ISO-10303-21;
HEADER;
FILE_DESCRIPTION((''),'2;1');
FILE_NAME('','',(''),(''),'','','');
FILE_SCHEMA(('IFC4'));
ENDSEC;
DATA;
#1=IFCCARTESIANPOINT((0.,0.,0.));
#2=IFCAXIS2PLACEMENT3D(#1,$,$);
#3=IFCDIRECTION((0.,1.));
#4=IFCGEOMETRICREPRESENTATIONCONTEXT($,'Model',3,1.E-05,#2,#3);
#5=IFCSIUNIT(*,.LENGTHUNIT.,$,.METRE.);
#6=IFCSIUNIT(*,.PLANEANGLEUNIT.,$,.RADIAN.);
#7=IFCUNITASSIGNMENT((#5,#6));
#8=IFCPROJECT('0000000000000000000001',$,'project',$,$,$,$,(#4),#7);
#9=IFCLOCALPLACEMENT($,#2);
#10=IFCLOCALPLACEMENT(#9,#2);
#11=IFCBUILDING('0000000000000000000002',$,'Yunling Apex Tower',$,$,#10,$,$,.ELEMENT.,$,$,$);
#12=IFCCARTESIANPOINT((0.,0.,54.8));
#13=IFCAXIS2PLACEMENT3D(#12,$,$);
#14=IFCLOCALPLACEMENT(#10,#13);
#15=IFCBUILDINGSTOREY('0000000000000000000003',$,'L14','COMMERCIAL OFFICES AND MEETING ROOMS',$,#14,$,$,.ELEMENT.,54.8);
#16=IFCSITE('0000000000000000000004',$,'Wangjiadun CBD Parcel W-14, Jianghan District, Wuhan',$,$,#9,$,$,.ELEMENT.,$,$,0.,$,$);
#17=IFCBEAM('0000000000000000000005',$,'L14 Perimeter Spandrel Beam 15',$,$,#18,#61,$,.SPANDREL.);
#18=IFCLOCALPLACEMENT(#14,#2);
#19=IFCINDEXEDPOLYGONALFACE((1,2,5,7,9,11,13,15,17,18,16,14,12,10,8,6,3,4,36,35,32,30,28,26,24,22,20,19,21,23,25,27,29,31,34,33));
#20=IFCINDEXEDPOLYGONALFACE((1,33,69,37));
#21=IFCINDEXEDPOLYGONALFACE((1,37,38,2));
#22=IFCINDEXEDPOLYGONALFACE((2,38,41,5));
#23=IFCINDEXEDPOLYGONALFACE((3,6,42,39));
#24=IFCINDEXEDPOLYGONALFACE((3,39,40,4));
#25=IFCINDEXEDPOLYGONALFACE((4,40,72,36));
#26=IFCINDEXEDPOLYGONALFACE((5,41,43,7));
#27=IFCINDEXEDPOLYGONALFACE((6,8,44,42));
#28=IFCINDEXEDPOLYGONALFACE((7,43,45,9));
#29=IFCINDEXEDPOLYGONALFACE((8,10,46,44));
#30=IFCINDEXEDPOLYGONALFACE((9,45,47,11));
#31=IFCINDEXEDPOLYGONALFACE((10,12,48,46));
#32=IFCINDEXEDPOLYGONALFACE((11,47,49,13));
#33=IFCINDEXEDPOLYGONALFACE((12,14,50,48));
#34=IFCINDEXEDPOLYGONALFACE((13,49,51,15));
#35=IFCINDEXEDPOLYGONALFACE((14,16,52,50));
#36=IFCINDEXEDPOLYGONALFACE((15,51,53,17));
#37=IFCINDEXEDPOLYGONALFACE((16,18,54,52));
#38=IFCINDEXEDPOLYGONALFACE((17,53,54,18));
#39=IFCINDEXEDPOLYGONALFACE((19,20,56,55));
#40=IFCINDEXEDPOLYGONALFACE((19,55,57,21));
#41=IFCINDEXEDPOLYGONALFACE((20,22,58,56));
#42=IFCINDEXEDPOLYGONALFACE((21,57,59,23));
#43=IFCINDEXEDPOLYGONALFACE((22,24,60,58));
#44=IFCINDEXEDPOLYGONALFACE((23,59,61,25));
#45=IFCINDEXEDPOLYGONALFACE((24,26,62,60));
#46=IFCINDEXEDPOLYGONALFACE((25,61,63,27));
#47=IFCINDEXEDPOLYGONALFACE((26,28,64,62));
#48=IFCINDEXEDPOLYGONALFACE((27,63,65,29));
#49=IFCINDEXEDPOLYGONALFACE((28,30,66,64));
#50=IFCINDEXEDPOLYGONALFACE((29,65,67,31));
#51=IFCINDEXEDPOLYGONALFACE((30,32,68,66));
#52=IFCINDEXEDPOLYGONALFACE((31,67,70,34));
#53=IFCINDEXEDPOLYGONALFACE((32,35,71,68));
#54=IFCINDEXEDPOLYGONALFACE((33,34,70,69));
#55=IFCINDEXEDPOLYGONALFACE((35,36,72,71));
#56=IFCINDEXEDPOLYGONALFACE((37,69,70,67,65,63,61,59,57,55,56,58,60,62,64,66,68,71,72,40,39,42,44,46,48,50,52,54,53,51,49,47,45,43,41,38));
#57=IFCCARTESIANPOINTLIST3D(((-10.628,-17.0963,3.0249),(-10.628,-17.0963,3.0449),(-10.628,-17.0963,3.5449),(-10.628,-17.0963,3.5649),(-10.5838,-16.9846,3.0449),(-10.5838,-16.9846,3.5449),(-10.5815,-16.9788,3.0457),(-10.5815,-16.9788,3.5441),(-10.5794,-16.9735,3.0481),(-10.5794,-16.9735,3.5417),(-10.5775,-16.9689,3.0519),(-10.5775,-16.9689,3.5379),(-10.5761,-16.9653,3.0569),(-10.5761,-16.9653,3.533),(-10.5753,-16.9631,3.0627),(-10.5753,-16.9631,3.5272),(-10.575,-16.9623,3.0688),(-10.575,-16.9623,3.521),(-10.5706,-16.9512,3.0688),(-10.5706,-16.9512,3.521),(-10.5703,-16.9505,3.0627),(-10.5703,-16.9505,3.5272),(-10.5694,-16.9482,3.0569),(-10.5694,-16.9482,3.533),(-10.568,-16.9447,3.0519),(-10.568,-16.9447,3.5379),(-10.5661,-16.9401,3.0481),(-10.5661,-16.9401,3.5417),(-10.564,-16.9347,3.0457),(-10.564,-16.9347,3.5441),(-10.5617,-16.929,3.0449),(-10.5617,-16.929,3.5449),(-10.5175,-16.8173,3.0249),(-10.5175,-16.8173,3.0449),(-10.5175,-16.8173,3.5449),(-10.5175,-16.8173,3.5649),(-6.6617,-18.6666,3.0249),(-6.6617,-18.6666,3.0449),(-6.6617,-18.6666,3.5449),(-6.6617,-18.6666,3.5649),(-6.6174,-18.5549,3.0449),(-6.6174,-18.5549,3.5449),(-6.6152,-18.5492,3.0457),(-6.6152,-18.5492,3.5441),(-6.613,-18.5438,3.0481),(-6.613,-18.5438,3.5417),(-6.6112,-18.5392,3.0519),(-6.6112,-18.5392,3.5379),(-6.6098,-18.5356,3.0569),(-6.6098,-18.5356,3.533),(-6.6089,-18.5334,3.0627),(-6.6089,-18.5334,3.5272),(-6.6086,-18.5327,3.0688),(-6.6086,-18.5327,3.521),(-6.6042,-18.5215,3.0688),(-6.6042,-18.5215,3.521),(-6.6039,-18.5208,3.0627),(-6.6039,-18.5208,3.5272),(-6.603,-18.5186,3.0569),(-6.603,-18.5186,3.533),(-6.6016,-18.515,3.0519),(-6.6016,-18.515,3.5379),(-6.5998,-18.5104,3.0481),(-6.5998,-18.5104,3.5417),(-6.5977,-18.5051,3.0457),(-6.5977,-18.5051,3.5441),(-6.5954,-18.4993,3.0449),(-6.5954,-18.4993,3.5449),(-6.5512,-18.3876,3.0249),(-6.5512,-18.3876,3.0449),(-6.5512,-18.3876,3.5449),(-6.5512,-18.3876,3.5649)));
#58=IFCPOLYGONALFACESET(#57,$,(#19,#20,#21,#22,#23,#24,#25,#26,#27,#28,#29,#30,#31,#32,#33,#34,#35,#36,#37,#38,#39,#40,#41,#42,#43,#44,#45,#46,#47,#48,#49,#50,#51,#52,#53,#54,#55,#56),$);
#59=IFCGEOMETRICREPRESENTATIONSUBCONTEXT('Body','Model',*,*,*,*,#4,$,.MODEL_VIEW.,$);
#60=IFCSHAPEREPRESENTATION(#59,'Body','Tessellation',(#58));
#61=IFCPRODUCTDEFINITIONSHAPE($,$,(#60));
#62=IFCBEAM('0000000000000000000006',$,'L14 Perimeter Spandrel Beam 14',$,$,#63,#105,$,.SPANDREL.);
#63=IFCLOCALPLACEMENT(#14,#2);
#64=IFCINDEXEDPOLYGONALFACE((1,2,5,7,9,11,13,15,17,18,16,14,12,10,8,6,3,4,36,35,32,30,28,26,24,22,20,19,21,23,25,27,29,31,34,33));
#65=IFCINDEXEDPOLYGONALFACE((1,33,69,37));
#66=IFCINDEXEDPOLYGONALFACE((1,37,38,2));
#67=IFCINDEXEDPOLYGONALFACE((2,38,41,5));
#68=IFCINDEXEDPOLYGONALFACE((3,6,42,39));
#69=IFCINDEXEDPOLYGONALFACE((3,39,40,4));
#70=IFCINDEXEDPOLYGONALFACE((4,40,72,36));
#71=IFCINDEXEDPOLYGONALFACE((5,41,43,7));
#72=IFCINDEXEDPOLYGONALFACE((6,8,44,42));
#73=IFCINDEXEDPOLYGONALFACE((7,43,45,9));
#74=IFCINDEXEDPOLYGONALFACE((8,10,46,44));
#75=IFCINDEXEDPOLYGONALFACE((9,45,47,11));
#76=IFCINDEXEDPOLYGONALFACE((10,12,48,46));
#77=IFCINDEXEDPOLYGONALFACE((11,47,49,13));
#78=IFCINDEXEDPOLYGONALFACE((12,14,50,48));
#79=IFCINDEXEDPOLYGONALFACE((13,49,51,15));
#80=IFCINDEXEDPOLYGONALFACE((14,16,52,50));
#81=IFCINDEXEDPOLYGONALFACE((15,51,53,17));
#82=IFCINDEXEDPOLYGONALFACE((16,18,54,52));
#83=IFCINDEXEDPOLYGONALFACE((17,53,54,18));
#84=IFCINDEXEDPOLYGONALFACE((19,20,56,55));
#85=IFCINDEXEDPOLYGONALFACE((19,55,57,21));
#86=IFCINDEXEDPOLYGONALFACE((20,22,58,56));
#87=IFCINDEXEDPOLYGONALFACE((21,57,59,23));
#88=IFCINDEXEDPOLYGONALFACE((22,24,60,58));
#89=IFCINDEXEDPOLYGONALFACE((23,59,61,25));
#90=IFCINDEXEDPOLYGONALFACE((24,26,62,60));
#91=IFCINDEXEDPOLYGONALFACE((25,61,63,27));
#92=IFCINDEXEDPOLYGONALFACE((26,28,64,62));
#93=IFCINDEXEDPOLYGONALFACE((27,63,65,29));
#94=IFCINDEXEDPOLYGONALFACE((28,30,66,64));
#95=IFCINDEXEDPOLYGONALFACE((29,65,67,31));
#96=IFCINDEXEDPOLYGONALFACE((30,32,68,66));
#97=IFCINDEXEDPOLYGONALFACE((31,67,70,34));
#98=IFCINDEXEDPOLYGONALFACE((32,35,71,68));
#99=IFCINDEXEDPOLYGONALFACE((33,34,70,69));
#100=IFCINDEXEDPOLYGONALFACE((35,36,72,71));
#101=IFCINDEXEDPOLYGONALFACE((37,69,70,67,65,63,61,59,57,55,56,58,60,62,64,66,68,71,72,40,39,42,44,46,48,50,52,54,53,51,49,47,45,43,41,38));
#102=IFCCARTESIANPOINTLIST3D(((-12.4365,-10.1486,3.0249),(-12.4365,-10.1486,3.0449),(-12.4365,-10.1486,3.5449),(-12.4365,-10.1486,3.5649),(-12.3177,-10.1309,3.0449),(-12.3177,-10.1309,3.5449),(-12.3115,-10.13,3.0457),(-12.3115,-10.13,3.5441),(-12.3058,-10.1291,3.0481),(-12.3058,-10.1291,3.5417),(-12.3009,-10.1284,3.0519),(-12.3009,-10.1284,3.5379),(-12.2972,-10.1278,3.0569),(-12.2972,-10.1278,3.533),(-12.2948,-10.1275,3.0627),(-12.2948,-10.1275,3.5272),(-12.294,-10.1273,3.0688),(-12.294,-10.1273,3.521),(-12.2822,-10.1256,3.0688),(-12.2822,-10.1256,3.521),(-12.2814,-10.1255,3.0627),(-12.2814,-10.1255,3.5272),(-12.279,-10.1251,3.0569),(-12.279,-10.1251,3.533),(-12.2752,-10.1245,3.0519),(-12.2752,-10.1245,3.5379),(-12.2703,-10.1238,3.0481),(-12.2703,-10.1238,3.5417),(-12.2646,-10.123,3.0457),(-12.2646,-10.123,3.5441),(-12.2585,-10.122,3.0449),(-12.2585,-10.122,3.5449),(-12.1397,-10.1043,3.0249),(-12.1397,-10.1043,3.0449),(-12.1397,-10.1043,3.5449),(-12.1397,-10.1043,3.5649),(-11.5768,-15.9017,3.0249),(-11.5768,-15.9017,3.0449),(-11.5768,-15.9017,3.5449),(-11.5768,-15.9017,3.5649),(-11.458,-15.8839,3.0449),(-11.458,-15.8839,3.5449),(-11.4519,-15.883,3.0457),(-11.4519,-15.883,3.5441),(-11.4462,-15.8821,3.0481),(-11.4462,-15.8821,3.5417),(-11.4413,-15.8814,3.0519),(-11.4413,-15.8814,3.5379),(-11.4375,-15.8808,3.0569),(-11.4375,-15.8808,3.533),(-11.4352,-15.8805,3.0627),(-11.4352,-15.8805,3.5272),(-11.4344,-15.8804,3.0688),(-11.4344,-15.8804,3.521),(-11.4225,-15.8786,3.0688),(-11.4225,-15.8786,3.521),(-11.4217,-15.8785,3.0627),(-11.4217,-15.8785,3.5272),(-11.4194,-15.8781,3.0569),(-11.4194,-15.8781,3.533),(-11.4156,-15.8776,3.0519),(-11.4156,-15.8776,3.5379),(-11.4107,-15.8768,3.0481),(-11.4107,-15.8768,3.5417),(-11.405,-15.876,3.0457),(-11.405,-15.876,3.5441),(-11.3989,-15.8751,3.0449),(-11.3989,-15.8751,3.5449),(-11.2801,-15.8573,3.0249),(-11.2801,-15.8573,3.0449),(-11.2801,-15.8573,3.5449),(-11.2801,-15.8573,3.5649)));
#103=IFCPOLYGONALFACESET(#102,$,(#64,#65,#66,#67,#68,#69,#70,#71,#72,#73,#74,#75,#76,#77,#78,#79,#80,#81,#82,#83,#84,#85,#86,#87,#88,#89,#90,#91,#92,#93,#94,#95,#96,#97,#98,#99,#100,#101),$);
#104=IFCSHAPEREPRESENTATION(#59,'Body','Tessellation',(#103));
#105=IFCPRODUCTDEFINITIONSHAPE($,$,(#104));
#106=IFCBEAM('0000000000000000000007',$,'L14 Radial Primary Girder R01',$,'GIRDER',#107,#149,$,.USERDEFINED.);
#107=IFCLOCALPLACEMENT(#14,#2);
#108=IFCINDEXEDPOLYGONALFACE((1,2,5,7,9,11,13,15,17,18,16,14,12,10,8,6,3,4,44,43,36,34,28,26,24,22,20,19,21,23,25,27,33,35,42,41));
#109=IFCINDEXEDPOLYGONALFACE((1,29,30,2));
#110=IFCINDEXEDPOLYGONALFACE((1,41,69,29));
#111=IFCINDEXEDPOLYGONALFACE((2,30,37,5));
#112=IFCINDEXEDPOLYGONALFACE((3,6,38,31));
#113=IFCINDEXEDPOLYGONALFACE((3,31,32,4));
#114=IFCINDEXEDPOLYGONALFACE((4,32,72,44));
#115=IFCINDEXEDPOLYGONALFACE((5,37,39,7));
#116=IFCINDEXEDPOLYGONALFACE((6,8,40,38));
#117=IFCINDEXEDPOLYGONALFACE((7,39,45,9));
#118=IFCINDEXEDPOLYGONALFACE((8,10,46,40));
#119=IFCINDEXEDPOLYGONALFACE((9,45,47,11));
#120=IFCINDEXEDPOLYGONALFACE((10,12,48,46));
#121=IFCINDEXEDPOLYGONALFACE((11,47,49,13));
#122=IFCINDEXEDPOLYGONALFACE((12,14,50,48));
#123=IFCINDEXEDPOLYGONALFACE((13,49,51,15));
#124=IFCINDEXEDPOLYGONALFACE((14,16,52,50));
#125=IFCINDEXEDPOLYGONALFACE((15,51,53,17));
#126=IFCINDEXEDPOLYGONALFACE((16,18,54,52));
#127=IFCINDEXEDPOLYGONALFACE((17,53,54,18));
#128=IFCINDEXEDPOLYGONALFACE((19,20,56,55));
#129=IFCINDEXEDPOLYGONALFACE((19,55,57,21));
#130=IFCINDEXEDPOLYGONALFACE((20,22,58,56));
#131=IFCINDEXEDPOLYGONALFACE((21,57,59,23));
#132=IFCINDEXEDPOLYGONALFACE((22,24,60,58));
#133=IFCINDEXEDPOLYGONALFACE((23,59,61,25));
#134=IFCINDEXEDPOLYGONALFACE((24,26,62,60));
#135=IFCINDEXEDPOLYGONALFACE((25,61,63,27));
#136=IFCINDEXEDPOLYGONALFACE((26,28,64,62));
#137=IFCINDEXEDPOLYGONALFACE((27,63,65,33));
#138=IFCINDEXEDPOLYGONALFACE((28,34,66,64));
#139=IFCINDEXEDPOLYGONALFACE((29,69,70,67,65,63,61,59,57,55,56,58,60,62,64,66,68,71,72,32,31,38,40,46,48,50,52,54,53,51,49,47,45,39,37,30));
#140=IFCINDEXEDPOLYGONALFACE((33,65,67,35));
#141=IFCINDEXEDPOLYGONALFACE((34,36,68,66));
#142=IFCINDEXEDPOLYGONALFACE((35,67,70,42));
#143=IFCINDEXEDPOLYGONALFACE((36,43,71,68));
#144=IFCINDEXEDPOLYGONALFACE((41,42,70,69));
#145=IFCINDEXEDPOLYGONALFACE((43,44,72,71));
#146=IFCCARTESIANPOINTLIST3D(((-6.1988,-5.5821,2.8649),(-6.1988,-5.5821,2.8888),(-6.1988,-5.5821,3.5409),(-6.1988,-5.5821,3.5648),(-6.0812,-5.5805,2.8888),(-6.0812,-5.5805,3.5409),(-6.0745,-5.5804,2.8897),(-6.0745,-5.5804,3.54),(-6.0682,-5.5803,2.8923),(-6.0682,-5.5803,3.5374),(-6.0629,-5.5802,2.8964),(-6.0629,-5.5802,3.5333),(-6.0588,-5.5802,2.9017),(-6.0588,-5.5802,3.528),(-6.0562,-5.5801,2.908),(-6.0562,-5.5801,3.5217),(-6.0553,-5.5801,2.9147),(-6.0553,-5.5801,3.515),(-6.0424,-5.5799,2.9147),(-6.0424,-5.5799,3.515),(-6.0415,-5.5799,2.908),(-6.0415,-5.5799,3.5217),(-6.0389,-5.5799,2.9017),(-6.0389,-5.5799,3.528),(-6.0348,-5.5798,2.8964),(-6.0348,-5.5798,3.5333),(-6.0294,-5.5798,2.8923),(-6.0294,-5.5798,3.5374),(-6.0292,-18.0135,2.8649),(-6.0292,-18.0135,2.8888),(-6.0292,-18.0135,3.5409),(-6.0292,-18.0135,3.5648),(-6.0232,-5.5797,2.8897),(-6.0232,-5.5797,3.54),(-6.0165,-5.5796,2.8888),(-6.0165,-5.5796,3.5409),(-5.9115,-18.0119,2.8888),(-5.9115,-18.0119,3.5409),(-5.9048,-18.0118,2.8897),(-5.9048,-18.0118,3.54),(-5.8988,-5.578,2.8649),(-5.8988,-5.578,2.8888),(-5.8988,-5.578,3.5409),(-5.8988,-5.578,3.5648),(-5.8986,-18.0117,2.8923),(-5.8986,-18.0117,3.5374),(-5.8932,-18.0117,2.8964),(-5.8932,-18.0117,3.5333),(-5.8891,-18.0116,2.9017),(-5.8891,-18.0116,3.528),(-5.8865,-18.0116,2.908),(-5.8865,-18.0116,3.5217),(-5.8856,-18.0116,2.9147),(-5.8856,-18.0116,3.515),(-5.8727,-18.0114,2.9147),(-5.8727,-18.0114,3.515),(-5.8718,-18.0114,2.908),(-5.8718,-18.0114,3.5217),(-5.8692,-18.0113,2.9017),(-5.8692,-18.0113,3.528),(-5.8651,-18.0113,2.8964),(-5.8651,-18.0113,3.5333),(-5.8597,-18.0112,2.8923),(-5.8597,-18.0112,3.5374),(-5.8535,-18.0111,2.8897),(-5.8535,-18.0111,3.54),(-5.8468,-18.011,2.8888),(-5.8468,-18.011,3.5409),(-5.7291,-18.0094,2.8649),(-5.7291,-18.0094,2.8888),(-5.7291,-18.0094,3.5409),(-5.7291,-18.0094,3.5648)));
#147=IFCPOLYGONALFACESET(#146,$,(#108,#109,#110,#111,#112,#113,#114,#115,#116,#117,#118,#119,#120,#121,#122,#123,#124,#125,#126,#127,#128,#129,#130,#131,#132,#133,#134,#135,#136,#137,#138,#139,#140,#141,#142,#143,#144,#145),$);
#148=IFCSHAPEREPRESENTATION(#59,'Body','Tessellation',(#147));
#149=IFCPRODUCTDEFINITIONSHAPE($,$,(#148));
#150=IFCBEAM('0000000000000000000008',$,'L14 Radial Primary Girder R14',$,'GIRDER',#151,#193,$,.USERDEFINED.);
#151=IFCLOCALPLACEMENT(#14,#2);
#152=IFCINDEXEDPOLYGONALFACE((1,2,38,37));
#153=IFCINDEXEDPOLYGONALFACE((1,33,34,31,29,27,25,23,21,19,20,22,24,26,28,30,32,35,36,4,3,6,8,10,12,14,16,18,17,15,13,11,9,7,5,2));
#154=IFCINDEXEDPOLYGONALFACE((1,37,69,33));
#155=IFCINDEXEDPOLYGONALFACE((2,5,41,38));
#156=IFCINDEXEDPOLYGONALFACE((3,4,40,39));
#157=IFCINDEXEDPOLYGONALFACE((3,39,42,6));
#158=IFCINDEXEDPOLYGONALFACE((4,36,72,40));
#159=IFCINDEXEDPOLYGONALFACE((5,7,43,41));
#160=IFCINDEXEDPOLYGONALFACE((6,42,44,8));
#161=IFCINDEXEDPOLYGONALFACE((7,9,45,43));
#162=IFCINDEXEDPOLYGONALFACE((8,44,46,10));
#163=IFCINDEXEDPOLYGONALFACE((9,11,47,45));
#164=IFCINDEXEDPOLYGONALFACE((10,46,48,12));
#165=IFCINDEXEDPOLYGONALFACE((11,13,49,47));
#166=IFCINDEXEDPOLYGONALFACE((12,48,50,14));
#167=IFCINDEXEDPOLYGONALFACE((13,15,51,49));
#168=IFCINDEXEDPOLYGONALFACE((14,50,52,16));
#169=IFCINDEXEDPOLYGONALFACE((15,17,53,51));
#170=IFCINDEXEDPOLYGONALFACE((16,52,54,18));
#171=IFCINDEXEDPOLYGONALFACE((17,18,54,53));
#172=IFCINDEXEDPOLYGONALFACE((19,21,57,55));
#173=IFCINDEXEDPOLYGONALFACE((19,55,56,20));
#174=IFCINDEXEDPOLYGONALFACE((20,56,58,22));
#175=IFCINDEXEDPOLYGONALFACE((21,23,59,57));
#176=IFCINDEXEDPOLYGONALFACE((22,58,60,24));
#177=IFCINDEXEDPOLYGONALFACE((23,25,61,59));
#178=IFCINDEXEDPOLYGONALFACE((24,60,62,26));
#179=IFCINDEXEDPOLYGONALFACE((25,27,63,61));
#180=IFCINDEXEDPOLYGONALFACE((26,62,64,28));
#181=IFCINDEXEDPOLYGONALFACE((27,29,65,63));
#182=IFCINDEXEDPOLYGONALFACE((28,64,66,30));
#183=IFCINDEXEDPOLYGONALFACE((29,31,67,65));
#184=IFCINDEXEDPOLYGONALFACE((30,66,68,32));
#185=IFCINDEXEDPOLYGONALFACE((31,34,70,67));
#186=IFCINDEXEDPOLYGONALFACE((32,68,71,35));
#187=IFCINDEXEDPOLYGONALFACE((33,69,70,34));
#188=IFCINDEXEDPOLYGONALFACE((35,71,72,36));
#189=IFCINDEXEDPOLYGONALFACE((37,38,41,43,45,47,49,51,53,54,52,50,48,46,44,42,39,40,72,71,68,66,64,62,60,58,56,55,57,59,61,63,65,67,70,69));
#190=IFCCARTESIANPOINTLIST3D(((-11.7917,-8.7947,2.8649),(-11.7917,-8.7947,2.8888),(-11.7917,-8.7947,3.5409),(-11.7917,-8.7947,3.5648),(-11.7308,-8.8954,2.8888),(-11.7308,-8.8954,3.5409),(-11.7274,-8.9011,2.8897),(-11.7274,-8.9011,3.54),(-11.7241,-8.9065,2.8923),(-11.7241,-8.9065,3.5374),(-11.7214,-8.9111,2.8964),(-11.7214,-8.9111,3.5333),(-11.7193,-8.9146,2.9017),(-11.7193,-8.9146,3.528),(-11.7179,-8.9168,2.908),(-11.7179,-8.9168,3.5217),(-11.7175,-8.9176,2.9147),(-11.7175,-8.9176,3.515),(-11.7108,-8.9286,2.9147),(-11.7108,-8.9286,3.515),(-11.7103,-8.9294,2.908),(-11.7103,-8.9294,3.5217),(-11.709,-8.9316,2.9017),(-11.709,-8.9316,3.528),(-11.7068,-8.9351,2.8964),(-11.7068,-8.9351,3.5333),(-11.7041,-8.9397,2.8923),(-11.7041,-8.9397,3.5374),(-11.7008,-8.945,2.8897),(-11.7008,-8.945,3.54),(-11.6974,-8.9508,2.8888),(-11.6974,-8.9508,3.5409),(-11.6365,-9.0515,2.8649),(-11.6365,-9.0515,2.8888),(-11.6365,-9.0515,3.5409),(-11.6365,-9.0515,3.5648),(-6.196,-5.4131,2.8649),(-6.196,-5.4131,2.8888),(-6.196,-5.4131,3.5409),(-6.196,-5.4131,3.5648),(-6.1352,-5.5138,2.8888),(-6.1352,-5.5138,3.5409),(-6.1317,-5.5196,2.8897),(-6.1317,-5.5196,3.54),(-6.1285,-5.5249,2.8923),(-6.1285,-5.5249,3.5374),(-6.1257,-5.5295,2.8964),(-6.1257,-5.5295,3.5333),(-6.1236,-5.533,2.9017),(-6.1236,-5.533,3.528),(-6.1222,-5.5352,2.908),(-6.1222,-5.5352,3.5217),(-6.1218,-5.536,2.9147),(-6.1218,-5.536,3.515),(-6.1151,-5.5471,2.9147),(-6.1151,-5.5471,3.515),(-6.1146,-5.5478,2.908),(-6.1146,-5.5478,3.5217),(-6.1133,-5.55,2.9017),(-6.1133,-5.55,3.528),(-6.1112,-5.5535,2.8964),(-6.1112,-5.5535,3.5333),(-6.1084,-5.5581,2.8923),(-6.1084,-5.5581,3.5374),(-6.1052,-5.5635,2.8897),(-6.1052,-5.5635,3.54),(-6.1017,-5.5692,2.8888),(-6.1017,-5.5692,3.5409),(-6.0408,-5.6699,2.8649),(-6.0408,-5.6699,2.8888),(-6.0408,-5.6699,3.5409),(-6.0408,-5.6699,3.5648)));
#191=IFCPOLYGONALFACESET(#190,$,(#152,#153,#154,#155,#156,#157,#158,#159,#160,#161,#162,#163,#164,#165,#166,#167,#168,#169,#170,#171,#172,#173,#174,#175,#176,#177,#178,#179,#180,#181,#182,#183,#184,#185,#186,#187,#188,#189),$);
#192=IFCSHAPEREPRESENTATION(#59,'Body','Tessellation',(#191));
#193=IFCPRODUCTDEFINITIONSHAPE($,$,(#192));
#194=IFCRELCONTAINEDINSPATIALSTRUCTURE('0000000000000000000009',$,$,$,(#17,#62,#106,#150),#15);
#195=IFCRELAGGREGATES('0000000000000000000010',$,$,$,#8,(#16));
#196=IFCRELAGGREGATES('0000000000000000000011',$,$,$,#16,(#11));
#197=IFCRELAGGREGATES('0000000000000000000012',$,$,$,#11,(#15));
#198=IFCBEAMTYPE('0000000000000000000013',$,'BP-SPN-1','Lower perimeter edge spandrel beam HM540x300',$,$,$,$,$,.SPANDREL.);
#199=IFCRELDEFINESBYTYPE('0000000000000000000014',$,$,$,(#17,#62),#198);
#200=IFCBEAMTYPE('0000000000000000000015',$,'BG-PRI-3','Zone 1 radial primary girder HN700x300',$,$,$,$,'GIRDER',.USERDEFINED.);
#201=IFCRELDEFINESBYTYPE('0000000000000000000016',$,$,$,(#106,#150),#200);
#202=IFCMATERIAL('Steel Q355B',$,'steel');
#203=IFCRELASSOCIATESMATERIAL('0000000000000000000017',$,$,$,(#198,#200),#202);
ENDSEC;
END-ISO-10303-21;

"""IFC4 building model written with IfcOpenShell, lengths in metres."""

from ifc_helpers import new_model, si_unit, direction, frame, origin, origin_2d, place, context, subcontext, project, spatial, i_section, extrude, source, transform, mapped, material, material_profile, profile_set, type_object, element, save


model = new_model("IFC4")

# Units and contexts
model_context = context("Model", 3, precision=1e-05, world=origin(), true_north=direction((0.0, 1.0)))
body_context = subcontext(model_context, "Body", "Model", "MODEL_VIEW")
ifc_project = project(units=[si_unit("LENGTHUNIT", "METRE"), si_unit("PLANEANGLEUNIT", "RADIAN")], contexts=[model_context])

# Site, building, storey
site_placement = place(None, origin())
site = spatial("IfcSite", under=ifc_project, at=site_placement, Name="Wangjiadun CBD Parcel W-14, Jianghan District, Wuhan", CompositionType="ELEMENT", RefElevation=0.0)
building_placement = place(site_placement, origin())
building = spatial("IfcBuilding", under=site, at=building_placement, Name="Yunling Apex Tower", CompositionType="ELEMENT")
storey_placement = place(building_placement, frame((0.0, 0.0, 54.8)))
storey = spatial("IfcBuildingStorey", under=building, at=storey_placement, Name="L14", Description="COMMERCIAL OFFICES AND MEETING ROOMS", CompositionType="ELEMENT", Elevation=54.8)

# Beams
ifc_material_1 = material(Name="Steel Q355B", Category="steel")
ifc_material_profile_1 = material_profile(ifc_material_1, i_section(OverallWidth=0.3, OverallDepth=0.54, WebThickness=0.012, FlangeThickness=0.02, FilletRadius=0.0239, at=origin_2d()))
ifc_profile_set_1 = profile_set([ifc_material_profile_1], Name="Steel Q355B")
beam_type_1 = type_object("IfcBeamType", Name="BP-SPN-1", Description="Lower perimeter edge spandrel beam HM540x300", PredefinedType="SPANDREL", material=ifc_profile_set_1)
shared_shape_1 = source(origin(), body_context, "Body", "SweptSolid", [
    extrude(i_section(OverallWidth=0.3, OverallDepth=0.54, WebThickness=0.012, FlangeThickness=0.02, FilletRadius=0.0239, at=origin_2d()), origin(), (0.0, 0.0, 1.0), 4.2659),
])
beam_1_placement = place(storey_placement, frame((-10.5728, -16.9568, 3.2949), z_axis=(0.929781, -0.368112, 0.0), x_axis=(0.368112, 0.929781, 0.0)))
element("IfcBeam", 1, at=beam_1_placement, inside=storey, type_object=beam_type_1, Name="L14 Perimeter Spandrel Beam 15", PredefinedType="SPANDREL", context=body_context, shape_type="MappedRepresentation", body=[
    mapped(shared_shape_1, transform((0.0, 0.0, 0.0), scale=1.0)),
])
shared_shape_2 = source(origin(), body_context, "Body", "SweptSolid", [
    extrude(i_section(OverallWidth=0.3, OverallDepth=0.54, WebThickness=0.012, FlangeThickness=0.02, FilletRadius=0.0239, at=origin_2d()), origin(), (0.0, 0.0, 1.0), 5.8169),
])
beam_2_placement = place(storey_placement, frame((-12.2881, -10.1265, 3.2949), z_axis=(0.147782, -0.98902, 0.0), x_axis=(0.98902, 0.147782, 0.0)))
element("IfcBeam", 2, at=beam_2_placement, inside=storey, type_object=beam_type_1, Name="L14 Perimeter Spandrel Beam 14", PredefinedType="SPANDREL", context=body_context, shape_type="MappedRepresentation", body=[
    mapped(shared_shape_2, transform((0.0, 0.0, 0.0), scale=1.0)),
])
ifc_material_profile_2 = material_profile(ifc_material_1, i_section(OverallWidth=0.3, OverallDepth=0.7, WebThickness=0.0129, FlangeThickness=0.0239, FilletRadius=0.0259, at=origin_2d()))
ifc_profile_set_2 = profile_set([ifc_material_profile_2], Name="Steel Q355B")
beam_type_2 = type_object("IfcBeamType", Name="BG-PRI-3", Description="Zone 1 radial primary girder HN700x300", ElementType="GIRDER", PredefinedType="USERDEFINED", material=ifc_profile_set_2)
shared_shape_3 = source(origin(), body_context, "Body", "SweptSolid", [
    extrude(i_section(OverallWidth=0.3, OverallDepth=0.7, WebThickness=0.0129, FlangeThickness=0.0239, FilletRadius=0.0259, at=origin_2d()), origin(), (0.0, 0.0, 1.0), 12.4326),
])
beam_3_placement = place(storey_placement, frame((-5.8792, -18.0115, 3.2148), z_axis=(-0.013648, 0.999907, 0.0), x_axis=(-0.999907, -0.013648, 0.0)))
element("IfcBeam", 3, at=beam_3_placement, inside=storey, type_object=beam_type_2, Name="L14 Radial Primary Girder R01", ObjectType="GIRDER", PredefinedType="USERDEFINED", context=body_context, shape_type="MappedRepresentation", body=[
    mapped(shared_shape_3, transform((0.0, 0.0, 0.0), scale=1.0)),
])
shared_shape_4 = source(origin(), body_context, "Body", "SweptSolid", [
    extrude(i_section(OverallWidth=0.3, OverallDepth=0.7, WebThickness=0.0129, FlangeThickness=0.0239, FilletRadius=0.0259, at=origin_2d()), origin(), (0.0, 0.0, 1.0), 6.5381),
])
beam_4_placement = place(storey_placement, frame((-11.7141, -8.9231, 3.2148), z_axis=(0.855858, 0.517211, 0.0), x_axis=(-0.517211, 0.855858, 0.0)))
element("IfcBeam", 4, at=beam_4_placement, inside=storey, type_object=beam_type_2, Name="L14 Radial Primary Girder R14", ObjectType="GIRDER", PredefinedType="USERDEFINED", context=body_context, shape_type="MappedRepresentation", body=[
    mapped(shared_shape_4, transform((0.0, 0.0, 0.0), scale=1.0)),
])

save(model, "model.ifc")
